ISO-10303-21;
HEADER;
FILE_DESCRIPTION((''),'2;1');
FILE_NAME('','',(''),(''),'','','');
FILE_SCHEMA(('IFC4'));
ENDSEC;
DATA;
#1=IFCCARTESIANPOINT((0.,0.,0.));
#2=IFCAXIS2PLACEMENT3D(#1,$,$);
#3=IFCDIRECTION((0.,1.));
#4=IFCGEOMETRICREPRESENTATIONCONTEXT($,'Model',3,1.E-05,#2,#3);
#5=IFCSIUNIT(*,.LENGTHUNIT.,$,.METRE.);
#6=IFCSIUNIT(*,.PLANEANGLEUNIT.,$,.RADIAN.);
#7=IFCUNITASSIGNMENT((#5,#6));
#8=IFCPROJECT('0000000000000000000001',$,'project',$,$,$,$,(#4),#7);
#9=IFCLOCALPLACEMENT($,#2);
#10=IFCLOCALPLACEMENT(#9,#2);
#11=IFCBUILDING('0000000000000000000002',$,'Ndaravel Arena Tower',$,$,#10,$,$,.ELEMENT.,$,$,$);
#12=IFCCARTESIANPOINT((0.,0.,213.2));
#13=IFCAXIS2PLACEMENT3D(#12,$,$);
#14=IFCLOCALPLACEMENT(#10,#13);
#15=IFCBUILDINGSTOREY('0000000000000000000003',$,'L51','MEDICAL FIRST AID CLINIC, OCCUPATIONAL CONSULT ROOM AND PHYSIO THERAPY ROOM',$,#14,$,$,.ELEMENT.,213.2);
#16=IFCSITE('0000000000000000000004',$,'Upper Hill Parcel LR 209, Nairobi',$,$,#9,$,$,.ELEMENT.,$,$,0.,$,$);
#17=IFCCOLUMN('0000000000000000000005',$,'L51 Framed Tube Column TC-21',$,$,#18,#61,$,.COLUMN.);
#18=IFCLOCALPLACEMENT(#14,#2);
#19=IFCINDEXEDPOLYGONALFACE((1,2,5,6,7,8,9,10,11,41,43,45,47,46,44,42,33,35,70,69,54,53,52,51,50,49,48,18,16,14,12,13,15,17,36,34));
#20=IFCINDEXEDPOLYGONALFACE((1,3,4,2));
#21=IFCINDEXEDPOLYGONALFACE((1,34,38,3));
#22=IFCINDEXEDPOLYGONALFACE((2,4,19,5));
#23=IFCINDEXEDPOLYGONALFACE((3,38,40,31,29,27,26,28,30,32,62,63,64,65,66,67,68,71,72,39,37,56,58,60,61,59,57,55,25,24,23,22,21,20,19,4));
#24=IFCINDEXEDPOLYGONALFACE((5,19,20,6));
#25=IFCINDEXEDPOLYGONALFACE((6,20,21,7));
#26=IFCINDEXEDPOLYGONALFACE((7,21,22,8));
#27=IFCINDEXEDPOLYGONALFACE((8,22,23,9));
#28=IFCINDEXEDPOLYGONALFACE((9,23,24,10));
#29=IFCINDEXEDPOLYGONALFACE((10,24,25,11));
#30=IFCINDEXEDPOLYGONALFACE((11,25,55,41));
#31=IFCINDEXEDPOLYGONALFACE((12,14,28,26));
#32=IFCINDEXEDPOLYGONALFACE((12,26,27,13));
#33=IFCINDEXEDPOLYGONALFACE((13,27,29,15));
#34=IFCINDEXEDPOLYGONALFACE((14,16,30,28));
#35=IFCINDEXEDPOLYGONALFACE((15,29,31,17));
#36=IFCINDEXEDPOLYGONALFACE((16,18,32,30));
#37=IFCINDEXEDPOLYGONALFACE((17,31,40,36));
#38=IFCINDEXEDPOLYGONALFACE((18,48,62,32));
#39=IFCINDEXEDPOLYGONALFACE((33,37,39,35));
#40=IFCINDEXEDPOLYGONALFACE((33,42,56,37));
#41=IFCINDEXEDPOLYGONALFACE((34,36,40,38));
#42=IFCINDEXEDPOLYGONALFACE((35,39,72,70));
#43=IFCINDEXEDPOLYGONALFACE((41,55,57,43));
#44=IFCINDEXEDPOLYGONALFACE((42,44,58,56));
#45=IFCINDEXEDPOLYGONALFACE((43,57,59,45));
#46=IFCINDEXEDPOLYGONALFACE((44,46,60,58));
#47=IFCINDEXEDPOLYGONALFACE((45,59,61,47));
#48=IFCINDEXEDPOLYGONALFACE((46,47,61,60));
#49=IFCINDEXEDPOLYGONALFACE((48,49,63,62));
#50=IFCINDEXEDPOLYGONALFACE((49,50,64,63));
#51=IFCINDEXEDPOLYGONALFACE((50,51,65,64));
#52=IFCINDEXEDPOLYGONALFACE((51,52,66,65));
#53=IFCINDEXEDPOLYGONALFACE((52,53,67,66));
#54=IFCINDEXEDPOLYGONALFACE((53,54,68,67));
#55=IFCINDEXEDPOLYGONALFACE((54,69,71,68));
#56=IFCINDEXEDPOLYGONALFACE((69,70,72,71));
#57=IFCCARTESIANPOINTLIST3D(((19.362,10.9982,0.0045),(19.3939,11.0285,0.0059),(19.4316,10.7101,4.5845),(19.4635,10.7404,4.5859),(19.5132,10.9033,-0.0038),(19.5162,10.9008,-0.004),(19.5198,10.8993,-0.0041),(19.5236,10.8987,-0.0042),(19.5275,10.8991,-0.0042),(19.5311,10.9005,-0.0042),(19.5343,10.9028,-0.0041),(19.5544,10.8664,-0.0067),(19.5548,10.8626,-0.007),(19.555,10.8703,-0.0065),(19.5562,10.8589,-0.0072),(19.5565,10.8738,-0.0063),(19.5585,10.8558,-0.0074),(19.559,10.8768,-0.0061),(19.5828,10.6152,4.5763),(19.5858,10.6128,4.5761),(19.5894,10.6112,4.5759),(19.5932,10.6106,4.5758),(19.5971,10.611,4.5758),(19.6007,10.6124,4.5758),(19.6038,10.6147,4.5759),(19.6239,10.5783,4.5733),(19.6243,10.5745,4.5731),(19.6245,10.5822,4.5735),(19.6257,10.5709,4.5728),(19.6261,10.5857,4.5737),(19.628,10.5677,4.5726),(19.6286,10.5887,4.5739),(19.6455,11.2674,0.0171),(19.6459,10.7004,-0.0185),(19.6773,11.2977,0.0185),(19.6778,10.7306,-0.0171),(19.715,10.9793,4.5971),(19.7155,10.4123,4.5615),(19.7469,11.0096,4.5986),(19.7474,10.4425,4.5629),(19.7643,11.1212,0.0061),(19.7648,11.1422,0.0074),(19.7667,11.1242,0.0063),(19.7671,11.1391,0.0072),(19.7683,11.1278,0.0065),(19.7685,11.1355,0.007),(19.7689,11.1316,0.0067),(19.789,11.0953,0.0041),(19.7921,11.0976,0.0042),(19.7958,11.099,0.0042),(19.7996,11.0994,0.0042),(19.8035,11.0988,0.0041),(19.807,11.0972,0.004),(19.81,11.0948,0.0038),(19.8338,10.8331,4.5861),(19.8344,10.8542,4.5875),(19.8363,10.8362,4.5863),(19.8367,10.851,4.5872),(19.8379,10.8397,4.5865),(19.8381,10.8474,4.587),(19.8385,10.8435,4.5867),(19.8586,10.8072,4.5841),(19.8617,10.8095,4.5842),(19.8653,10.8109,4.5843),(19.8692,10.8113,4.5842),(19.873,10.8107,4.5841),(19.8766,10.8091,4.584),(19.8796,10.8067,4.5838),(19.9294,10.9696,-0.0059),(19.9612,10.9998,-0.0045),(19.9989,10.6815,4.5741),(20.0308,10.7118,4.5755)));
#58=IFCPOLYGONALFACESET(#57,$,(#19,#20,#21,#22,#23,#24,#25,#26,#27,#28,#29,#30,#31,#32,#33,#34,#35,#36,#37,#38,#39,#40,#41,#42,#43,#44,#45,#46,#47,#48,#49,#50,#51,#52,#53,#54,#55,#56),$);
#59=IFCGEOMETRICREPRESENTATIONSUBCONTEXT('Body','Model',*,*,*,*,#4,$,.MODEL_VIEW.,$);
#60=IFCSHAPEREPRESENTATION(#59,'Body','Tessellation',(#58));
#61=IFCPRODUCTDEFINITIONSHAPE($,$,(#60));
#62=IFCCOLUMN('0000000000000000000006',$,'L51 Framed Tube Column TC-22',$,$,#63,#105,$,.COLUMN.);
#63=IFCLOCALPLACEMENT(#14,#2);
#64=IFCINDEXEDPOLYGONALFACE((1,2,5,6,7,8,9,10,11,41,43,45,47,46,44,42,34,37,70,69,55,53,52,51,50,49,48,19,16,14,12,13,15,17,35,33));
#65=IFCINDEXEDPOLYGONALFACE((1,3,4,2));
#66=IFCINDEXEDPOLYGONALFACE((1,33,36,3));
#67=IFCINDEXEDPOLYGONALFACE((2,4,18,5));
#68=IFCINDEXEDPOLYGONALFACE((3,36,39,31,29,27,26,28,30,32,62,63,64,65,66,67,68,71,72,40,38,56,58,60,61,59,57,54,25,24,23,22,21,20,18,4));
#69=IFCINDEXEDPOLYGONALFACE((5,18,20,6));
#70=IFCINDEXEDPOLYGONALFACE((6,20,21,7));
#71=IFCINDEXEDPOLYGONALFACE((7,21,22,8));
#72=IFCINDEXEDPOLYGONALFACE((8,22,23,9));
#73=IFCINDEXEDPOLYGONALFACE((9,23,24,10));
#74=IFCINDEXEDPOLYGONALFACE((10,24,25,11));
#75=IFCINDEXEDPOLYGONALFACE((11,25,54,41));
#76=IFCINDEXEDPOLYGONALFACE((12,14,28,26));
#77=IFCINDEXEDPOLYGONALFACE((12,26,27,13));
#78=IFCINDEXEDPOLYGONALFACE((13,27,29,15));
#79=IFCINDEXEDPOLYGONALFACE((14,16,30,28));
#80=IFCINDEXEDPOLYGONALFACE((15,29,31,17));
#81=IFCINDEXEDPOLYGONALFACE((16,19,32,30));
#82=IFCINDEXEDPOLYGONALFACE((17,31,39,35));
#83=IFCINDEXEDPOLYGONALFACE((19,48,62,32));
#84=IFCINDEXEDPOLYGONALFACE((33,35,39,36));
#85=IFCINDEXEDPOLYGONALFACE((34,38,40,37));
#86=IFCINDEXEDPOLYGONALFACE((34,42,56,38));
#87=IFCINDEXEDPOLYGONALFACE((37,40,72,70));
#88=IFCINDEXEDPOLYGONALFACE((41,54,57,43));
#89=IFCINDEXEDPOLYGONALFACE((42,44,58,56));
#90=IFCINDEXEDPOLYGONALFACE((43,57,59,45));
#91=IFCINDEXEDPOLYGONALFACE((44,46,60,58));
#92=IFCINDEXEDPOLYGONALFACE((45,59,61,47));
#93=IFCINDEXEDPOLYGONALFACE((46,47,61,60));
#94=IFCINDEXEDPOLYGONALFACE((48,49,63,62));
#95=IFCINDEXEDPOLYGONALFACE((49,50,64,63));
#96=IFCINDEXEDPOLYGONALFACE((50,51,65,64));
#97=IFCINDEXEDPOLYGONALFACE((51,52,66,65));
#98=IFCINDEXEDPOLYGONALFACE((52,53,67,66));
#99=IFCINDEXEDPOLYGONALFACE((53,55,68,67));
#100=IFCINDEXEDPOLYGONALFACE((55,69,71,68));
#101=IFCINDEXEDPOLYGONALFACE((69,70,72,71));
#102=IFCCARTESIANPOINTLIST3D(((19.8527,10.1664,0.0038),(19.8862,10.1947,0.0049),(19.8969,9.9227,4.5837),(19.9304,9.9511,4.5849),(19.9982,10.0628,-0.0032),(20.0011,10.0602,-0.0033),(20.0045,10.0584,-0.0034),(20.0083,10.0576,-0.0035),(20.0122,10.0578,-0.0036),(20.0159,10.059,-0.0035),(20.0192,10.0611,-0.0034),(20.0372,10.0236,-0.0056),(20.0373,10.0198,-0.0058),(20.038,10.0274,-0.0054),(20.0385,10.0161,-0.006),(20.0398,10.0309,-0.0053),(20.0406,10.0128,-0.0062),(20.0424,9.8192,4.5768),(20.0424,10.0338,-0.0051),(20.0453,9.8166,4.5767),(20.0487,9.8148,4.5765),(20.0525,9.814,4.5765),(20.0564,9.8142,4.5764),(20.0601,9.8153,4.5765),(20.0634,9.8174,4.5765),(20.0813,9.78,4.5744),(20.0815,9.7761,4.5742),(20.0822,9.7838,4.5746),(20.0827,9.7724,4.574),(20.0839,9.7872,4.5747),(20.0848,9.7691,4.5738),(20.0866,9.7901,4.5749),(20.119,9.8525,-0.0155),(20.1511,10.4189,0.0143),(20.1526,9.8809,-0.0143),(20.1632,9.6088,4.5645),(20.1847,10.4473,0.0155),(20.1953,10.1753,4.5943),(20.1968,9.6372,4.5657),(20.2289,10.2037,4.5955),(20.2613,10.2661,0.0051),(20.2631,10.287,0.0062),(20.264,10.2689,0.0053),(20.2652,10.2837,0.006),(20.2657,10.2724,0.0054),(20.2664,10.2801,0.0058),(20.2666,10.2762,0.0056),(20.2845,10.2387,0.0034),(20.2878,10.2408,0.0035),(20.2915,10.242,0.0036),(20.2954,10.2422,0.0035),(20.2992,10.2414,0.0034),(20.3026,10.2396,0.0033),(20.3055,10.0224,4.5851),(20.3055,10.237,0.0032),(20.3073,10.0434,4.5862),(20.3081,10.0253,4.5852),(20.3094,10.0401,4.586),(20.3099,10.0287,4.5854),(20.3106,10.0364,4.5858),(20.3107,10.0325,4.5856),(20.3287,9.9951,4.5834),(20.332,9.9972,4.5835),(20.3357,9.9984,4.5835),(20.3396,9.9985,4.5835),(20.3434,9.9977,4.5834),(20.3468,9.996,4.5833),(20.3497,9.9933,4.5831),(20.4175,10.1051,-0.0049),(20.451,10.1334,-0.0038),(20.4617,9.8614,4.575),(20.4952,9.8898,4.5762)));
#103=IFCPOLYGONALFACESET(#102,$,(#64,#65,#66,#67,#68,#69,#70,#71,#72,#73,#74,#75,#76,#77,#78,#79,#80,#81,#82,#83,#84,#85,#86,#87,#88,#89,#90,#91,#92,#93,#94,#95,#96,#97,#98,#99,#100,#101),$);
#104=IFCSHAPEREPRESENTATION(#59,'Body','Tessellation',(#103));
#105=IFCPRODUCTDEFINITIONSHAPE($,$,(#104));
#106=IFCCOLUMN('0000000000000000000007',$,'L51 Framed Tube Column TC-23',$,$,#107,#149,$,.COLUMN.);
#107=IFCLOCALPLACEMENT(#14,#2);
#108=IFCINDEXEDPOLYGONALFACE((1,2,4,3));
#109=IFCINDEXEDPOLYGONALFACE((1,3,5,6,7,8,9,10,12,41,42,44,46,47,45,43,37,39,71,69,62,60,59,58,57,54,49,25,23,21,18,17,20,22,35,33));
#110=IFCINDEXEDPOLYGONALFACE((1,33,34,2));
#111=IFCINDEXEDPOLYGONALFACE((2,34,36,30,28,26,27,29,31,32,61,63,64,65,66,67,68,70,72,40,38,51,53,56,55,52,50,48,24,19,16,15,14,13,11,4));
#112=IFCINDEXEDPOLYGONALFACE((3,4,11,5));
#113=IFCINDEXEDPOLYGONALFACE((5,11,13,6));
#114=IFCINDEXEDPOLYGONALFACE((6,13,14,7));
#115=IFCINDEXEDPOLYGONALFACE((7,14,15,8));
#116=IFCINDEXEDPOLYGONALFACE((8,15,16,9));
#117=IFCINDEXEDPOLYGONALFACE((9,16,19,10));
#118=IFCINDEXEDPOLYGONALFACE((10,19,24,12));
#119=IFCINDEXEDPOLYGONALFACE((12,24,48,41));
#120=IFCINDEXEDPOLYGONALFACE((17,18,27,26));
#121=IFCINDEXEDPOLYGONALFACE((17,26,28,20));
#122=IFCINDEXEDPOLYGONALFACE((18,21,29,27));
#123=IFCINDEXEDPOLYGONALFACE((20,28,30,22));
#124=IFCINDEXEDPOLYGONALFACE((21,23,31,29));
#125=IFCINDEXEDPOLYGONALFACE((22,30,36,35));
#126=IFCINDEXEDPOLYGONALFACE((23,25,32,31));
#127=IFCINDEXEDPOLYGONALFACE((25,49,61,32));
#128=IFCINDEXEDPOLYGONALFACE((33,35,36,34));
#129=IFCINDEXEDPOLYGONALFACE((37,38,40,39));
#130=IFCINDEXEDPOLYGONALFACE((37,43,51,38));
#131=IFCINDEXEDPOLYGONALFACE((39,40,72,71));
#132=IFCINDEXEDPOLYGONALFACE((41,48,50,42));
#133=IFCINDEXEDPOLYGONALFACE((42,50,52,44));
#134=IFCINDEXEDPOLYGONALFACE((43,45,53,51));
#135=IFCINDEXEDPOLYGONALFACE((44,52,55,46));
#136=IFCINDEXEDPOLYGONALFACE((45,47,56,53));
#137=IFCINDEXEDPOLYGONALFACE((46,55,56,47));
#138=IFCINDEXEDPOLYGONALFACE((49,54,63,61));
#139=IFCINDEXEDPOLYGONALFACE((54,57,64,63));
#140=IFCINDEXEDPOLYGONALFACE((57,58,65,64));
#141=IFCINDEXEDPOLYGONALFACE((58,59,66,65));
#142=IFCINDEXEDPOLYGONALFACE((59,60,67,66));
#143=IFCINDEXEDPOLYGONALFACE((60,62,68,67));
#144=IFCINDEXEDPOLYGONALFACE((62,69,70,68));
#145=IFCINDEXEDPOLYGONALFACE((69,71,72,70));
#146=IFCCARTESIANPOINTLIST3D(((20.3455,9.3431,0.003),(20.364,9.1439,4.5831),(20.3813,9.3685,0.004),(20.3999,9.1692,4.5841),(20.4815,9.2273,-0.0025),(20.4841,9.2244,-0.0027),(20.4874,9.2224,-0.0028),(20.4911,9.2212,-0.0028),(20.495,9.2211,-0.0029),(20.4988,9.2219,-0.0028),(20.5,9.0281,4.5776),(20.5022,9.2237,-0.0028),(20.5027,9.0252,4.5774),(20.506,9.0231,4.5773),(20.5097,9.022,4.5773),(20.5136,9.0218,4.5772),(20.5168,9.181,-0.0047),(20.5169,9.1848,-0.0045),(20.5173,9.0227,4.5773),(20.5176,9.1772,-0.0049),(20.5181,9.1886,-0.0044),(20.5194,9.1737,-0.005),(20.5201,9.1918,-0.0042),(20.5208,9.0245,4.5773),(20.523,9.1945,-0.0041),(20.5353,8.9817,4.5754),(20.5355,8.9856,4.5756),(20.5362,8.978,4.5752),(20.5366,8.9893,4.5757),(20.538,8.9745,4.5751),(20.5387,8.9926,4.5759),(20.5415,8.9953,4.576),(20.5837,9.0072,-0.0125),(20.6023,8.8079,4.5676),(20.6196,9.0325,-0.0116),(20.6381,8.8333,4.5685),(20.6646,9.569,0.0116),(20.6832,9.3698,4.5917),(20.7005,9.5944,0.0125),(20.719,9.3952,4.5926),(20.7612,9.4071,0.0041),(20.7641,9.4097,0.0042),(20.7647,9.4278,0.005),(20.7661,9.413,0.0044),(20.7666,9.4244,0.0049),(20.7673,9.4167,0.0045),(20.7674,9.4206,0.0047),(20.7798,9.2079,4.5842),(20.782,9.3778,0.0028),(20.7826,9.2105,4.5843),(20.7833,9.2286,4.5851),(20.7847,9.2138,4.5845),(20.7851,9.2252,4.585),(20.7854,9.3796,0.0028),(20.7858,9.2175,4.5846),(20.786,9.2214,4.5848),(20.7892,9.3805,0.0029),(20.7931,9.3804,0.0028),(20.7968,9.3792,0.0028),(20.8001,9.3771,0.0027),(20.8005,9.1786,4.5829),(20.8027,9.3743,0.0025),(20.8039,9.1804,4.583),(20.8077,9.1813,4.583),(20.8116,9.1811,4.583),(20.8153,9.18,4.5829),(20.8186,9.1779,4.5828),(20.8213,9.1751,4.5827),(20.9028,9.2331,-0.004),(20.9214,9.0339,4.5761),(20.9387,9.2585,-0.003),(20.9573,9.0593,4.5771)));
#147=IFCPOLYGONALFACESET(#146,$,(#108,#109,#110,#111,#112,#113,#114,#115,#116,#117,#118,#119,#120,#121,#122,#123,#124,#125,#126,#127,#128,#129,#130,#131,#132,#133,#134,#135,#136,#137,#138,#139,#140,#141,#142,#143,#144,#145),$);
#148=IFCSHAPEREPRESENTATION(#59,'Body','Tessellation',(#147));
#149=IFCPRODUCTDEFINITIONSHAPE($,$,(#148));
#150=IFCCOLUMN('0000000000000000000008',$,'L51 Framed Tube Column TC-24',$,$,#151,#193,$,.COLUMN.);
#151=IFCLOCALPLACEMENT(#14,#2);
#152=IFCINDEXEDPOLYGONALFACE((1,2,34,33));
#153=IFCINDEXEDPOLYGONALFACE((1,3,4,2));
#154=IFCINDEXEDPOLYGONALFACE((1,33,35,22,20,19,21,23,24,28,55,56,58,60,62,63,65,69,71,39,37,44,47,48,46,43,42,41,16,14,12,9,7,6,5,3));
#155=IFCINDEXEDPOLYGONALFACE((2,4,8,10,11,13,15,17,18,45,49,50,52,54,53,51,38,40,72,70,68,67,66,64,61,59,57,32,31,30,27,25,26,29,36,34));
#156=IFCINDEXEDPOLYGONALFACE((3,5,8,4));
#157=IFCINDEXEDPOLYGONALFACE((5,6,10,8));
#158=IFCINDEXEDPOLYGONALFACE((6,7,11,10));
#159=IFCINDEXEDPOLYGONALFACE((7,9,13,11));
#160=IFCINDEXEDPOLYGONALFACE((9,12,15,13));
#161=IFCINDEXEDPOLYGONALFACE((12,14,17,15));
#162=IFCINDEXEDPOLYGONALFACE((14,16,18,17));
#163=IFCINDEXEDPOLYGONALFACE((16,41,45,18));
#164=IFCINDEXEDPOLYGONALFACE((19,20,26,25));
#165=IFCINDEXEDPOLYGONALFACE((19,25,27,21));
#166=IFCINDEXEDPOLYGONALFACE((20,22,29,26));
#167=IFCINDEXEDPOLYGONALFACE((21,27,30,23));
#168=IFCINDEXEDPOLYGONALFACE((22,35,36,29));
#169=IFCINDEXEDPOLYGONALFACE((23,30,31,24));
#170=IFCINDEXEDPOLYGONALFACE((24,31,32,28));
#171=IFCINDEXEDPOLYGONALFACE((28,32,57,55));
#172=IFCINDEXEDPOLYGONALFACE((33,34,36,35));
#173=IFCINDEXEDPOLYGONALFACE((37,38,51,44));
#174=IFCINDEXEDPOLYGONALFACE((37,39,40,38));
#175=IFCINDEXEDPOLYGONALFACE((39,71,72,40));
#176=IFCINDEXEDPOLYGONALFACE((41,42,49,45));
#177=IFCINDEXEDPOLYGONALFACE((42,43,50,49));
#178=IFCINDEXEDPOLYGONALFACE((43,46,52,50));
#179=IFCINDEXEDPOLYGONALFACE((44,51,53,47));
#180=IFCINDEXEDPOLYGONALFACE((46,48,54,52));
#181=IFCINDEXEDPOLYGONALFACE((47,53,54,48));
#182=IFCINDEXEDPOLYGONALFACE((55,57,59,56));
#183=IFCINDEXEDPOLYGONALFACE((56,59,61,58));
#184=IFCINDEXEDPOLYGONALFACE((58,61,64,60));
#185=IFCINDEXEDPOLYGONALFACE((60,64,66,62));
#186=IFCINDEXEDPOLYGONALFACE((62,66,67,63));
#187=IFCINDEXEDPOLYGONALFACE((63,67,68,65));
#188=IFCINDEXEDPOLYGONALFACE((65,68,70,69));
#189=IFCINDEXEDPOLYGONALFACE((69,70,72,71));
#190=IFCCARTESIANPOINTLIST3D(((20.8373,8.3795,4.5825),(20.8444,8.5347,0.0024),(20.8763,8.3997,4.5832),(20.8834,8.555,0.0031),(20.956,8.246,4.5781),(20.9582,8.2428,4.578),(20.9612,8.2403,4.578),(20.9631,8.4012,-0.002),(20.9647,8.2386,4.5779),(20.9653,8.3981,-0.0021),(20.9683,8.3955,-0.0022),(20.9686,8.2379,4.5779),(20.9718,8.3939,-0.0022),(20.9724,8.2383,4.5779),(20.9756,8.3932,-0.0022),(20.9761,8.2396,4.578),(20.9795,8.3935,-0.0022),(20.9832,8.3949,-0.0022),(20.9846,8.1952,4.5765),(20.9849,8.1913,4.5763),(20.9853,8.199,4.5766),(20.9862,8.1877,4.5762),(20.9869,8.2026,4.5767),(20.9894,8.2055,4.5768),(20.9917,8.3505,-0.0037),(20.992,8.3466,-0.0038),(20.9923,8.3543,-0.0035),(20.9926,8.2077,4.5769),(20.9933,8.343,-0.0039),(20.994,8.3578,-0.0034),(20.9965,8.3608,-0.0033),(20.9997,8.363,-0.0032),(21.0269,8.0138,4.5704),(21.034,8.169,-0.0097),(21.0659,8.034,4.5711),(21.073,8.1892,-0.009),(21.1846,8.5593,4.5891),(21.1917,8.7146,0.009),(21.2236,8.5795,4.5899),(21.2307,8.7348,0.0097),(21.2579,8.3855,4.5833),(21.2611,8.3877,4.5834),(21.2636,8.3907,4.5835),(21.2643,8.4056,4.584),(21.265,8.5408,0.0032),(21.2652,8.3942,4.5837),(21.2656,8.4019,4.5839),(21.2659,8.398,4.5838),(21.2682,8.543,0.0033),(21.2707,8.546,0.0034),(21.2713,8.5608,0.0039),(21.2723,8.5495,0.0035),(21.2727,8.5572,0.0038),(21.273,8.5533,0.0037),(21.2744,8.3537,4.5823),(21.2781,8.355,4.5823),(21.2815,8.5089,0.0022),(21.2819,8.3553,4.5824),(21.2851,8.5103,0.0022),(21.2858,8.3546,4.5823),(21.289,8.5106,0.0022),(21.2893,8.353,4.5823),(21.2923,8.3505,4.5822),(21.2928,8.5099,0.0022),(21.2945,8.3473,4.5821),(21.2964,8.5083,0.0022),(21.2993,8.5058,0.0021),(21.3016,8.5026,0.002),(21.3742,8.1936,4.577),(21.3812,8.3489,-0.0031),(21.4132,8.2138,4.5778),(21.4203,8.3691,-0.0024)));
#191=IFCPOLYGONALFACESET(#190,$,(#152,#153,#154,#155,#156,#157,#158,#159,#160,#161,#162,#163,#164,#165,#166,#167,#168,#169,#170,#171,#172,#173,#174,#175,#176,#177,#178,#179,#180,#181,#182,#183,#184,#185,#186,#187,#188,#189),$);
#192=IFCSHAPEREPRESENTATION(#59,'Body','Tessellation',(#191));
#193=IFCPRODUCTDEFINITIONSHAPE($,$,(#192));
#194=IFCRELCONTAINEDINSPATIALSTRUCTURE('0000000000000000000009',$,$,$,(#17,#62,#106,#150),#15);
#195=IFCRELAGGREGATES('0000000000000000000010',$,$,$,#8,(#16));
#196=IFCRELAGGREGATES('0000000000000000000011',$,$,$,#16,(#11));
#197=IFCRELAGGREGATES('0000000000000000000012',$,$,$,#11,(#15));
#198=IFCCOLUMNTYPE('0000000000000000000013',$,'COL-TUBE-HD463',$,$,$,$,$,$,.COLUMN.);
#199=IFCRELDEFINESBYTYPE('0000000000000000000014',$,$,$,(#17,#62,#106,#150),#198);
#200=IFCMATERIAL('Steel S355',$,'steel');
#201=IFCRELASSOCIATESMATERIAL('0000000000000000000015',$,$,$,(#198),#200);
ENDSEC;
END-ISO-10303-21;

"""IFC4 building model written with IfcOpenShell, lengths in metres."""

from ifc_helpers import new_model, si_unit, direction, frame, origin, origin_2d, place, context, subcontext, project, spatial, i_section, extrude, material, material_profile, profile_set, type_object, element, save


model = new_model("IFC4")

# Units and contexts
model_context = context("Model", 3, precision=1e-05, world=origin(), true_north=direction((0.0, 1.0)))
body_context = subcontext(model_context, "Body", "Model", "MODEL_VIEW")
ifc_project = project(units=[si_unit("LENGTHUNIT", "METRE"), si_unit("PLANEANGLEUNIT", "RADIAN")], contexts=[model_context])

# Site, building, storey
site_placement = place(None, origin())
site = spatial("IfcSite", under=ifc_project, at=site_placement, Name="Upper Hill Parcel LR 209, Nairobi", CompositionType="ELEMENT", RefElevation=0.0)
building_placement = place(site_placement, origin())
building = spatial("IfcBuilding", under=site, at=building_placement, Name="Ndaravel Arena Tower", CompositionType="ELEMENT")
storey_placement = place(building_placement, frame((0.0, 0.0, 213.2)))
storey = spatial("IfcBuildingStorey", under=building, at=storey_placement, Name="L51", Description="MEDICAL FIRST AID CLINIC, OCCUPATIONAL CONSULT ROOM AND PHYSIO THERAPY ROOM", CompositionType="ELEMENT", Elevation=213.2)

# Columns
ifc_material_1 = material(Name="Steel S355", Category="steel")
ifc_material_profile_1 = material_profile(ifc_material_1, i_section(OverallWidth=0.4121, OverallDepth=0.4351, WebThickness=0.0359, FlangeThickness=0.0439, FilletRadius=0.0149, at=origin_2d()), Name="HD 400x463")
ifc_profile_set_1 = profile_set([ifc_material_profile_1], Name="Steel S355")
column_type = type_object("IfcColumnType", Name="COL-TUBE-HD463", PredefinedType="COLUMN", material=ifc_profile_set_1)
column_1_placement = place(storey_placement, frame((19.6616, 10.999, 0.0), z_axis=(0.01516, -0.062769, 0.997913), x_axis=(-0.688921, 0.722676, 0.055922)))
element("IfcColumn", 1, at=column_1_placement, inside=storey, type_object=column_type, Name="L51 Framed Tube Column TC-21", PredefinedType="COLUMN", context=body_context, shape_type="SweptSolid", body=[
    extrude(i_section(OverallWidth=0.4121, OverallDepth=0.4351, WebThickness=0.0359, FlangeThickness=0.0439, FilletRadius=0.0149, at=origin_2d()), origin(), (0.0, 0.0, 1.0), 4.5896),
])
column_2_placement = place(storey_placement, frame((20.1519, 10.1499, 0.0), z_axis=(0.009634, -0.053121, 0.998542), x_axis=(-0.646293, 0.761656, 0.046754)))
element("IfcColumn", 2, at=column_2_placement, inside=storey, type_object=column_type, Name="L51 Framed Tube Column TC-22", PredefinedType="COLUMN", context=body_context, shape_type="SweptSolid", body=[
    extrude(i_section(OverallWidth=0.4121, OverallDepth=0.4351, WebThickness=0.0359, FlangeThickness=0.0439, FilletRadius=0.0149, at=origin_2d()), origin(), (0.0, 0.0, 1.0), 4.5867),
])
column_3_placement = place(storey_placement, frame((20.6421, 9.3008, 0.0), z_axis=(0.004047, -0.043455, 0.999047), x_axis=(-0.57808, 0.815104, 0.037796)))
element("IfcColumn", 3, at=column_3_placement, inside=storey, type_object=column_type, Name="L51 Framed Tube Column TC-23", PredefinedType="COLUMN", context=body_context, shape_type="SweptSolid", body=[
    extrude(i_section(OverallWidth=0.4121, OverallDepth=0.4351, WebThickness=0.0359, FlangeThickness=0.0439, FilletRadius=0.0149, at=origin_2d()), origin(), (0.0, 0.0, 1.0), 4.5845),
])
column_4_placement = place(storey_placement, frame((21.1323, 8.4519, 0.0), z_axis=(-0.001545, -0.033882, 0.999425), x_axis=(-0.460056, 0.887404, 0.029374)))
element("IfcColumn", 4, at=column_4_placement, inside=storey, type_object=column_type, Name="L51 Framed Tube Column TC-24", PredefinedType="COLUMN", context=body_context, shape_type="SweptSolid", body=[
    extrude(i_section(OverallWidth=0.4121, OverallDepth=0.4351, WebThickness=0.0359, FlangeThickness=0.0439, FilletRadius=0.0149, at=origin_2d()), origin(), (0.0, 0.0, 1.0), 4.5828),
])

save(model, "model.ifc")
